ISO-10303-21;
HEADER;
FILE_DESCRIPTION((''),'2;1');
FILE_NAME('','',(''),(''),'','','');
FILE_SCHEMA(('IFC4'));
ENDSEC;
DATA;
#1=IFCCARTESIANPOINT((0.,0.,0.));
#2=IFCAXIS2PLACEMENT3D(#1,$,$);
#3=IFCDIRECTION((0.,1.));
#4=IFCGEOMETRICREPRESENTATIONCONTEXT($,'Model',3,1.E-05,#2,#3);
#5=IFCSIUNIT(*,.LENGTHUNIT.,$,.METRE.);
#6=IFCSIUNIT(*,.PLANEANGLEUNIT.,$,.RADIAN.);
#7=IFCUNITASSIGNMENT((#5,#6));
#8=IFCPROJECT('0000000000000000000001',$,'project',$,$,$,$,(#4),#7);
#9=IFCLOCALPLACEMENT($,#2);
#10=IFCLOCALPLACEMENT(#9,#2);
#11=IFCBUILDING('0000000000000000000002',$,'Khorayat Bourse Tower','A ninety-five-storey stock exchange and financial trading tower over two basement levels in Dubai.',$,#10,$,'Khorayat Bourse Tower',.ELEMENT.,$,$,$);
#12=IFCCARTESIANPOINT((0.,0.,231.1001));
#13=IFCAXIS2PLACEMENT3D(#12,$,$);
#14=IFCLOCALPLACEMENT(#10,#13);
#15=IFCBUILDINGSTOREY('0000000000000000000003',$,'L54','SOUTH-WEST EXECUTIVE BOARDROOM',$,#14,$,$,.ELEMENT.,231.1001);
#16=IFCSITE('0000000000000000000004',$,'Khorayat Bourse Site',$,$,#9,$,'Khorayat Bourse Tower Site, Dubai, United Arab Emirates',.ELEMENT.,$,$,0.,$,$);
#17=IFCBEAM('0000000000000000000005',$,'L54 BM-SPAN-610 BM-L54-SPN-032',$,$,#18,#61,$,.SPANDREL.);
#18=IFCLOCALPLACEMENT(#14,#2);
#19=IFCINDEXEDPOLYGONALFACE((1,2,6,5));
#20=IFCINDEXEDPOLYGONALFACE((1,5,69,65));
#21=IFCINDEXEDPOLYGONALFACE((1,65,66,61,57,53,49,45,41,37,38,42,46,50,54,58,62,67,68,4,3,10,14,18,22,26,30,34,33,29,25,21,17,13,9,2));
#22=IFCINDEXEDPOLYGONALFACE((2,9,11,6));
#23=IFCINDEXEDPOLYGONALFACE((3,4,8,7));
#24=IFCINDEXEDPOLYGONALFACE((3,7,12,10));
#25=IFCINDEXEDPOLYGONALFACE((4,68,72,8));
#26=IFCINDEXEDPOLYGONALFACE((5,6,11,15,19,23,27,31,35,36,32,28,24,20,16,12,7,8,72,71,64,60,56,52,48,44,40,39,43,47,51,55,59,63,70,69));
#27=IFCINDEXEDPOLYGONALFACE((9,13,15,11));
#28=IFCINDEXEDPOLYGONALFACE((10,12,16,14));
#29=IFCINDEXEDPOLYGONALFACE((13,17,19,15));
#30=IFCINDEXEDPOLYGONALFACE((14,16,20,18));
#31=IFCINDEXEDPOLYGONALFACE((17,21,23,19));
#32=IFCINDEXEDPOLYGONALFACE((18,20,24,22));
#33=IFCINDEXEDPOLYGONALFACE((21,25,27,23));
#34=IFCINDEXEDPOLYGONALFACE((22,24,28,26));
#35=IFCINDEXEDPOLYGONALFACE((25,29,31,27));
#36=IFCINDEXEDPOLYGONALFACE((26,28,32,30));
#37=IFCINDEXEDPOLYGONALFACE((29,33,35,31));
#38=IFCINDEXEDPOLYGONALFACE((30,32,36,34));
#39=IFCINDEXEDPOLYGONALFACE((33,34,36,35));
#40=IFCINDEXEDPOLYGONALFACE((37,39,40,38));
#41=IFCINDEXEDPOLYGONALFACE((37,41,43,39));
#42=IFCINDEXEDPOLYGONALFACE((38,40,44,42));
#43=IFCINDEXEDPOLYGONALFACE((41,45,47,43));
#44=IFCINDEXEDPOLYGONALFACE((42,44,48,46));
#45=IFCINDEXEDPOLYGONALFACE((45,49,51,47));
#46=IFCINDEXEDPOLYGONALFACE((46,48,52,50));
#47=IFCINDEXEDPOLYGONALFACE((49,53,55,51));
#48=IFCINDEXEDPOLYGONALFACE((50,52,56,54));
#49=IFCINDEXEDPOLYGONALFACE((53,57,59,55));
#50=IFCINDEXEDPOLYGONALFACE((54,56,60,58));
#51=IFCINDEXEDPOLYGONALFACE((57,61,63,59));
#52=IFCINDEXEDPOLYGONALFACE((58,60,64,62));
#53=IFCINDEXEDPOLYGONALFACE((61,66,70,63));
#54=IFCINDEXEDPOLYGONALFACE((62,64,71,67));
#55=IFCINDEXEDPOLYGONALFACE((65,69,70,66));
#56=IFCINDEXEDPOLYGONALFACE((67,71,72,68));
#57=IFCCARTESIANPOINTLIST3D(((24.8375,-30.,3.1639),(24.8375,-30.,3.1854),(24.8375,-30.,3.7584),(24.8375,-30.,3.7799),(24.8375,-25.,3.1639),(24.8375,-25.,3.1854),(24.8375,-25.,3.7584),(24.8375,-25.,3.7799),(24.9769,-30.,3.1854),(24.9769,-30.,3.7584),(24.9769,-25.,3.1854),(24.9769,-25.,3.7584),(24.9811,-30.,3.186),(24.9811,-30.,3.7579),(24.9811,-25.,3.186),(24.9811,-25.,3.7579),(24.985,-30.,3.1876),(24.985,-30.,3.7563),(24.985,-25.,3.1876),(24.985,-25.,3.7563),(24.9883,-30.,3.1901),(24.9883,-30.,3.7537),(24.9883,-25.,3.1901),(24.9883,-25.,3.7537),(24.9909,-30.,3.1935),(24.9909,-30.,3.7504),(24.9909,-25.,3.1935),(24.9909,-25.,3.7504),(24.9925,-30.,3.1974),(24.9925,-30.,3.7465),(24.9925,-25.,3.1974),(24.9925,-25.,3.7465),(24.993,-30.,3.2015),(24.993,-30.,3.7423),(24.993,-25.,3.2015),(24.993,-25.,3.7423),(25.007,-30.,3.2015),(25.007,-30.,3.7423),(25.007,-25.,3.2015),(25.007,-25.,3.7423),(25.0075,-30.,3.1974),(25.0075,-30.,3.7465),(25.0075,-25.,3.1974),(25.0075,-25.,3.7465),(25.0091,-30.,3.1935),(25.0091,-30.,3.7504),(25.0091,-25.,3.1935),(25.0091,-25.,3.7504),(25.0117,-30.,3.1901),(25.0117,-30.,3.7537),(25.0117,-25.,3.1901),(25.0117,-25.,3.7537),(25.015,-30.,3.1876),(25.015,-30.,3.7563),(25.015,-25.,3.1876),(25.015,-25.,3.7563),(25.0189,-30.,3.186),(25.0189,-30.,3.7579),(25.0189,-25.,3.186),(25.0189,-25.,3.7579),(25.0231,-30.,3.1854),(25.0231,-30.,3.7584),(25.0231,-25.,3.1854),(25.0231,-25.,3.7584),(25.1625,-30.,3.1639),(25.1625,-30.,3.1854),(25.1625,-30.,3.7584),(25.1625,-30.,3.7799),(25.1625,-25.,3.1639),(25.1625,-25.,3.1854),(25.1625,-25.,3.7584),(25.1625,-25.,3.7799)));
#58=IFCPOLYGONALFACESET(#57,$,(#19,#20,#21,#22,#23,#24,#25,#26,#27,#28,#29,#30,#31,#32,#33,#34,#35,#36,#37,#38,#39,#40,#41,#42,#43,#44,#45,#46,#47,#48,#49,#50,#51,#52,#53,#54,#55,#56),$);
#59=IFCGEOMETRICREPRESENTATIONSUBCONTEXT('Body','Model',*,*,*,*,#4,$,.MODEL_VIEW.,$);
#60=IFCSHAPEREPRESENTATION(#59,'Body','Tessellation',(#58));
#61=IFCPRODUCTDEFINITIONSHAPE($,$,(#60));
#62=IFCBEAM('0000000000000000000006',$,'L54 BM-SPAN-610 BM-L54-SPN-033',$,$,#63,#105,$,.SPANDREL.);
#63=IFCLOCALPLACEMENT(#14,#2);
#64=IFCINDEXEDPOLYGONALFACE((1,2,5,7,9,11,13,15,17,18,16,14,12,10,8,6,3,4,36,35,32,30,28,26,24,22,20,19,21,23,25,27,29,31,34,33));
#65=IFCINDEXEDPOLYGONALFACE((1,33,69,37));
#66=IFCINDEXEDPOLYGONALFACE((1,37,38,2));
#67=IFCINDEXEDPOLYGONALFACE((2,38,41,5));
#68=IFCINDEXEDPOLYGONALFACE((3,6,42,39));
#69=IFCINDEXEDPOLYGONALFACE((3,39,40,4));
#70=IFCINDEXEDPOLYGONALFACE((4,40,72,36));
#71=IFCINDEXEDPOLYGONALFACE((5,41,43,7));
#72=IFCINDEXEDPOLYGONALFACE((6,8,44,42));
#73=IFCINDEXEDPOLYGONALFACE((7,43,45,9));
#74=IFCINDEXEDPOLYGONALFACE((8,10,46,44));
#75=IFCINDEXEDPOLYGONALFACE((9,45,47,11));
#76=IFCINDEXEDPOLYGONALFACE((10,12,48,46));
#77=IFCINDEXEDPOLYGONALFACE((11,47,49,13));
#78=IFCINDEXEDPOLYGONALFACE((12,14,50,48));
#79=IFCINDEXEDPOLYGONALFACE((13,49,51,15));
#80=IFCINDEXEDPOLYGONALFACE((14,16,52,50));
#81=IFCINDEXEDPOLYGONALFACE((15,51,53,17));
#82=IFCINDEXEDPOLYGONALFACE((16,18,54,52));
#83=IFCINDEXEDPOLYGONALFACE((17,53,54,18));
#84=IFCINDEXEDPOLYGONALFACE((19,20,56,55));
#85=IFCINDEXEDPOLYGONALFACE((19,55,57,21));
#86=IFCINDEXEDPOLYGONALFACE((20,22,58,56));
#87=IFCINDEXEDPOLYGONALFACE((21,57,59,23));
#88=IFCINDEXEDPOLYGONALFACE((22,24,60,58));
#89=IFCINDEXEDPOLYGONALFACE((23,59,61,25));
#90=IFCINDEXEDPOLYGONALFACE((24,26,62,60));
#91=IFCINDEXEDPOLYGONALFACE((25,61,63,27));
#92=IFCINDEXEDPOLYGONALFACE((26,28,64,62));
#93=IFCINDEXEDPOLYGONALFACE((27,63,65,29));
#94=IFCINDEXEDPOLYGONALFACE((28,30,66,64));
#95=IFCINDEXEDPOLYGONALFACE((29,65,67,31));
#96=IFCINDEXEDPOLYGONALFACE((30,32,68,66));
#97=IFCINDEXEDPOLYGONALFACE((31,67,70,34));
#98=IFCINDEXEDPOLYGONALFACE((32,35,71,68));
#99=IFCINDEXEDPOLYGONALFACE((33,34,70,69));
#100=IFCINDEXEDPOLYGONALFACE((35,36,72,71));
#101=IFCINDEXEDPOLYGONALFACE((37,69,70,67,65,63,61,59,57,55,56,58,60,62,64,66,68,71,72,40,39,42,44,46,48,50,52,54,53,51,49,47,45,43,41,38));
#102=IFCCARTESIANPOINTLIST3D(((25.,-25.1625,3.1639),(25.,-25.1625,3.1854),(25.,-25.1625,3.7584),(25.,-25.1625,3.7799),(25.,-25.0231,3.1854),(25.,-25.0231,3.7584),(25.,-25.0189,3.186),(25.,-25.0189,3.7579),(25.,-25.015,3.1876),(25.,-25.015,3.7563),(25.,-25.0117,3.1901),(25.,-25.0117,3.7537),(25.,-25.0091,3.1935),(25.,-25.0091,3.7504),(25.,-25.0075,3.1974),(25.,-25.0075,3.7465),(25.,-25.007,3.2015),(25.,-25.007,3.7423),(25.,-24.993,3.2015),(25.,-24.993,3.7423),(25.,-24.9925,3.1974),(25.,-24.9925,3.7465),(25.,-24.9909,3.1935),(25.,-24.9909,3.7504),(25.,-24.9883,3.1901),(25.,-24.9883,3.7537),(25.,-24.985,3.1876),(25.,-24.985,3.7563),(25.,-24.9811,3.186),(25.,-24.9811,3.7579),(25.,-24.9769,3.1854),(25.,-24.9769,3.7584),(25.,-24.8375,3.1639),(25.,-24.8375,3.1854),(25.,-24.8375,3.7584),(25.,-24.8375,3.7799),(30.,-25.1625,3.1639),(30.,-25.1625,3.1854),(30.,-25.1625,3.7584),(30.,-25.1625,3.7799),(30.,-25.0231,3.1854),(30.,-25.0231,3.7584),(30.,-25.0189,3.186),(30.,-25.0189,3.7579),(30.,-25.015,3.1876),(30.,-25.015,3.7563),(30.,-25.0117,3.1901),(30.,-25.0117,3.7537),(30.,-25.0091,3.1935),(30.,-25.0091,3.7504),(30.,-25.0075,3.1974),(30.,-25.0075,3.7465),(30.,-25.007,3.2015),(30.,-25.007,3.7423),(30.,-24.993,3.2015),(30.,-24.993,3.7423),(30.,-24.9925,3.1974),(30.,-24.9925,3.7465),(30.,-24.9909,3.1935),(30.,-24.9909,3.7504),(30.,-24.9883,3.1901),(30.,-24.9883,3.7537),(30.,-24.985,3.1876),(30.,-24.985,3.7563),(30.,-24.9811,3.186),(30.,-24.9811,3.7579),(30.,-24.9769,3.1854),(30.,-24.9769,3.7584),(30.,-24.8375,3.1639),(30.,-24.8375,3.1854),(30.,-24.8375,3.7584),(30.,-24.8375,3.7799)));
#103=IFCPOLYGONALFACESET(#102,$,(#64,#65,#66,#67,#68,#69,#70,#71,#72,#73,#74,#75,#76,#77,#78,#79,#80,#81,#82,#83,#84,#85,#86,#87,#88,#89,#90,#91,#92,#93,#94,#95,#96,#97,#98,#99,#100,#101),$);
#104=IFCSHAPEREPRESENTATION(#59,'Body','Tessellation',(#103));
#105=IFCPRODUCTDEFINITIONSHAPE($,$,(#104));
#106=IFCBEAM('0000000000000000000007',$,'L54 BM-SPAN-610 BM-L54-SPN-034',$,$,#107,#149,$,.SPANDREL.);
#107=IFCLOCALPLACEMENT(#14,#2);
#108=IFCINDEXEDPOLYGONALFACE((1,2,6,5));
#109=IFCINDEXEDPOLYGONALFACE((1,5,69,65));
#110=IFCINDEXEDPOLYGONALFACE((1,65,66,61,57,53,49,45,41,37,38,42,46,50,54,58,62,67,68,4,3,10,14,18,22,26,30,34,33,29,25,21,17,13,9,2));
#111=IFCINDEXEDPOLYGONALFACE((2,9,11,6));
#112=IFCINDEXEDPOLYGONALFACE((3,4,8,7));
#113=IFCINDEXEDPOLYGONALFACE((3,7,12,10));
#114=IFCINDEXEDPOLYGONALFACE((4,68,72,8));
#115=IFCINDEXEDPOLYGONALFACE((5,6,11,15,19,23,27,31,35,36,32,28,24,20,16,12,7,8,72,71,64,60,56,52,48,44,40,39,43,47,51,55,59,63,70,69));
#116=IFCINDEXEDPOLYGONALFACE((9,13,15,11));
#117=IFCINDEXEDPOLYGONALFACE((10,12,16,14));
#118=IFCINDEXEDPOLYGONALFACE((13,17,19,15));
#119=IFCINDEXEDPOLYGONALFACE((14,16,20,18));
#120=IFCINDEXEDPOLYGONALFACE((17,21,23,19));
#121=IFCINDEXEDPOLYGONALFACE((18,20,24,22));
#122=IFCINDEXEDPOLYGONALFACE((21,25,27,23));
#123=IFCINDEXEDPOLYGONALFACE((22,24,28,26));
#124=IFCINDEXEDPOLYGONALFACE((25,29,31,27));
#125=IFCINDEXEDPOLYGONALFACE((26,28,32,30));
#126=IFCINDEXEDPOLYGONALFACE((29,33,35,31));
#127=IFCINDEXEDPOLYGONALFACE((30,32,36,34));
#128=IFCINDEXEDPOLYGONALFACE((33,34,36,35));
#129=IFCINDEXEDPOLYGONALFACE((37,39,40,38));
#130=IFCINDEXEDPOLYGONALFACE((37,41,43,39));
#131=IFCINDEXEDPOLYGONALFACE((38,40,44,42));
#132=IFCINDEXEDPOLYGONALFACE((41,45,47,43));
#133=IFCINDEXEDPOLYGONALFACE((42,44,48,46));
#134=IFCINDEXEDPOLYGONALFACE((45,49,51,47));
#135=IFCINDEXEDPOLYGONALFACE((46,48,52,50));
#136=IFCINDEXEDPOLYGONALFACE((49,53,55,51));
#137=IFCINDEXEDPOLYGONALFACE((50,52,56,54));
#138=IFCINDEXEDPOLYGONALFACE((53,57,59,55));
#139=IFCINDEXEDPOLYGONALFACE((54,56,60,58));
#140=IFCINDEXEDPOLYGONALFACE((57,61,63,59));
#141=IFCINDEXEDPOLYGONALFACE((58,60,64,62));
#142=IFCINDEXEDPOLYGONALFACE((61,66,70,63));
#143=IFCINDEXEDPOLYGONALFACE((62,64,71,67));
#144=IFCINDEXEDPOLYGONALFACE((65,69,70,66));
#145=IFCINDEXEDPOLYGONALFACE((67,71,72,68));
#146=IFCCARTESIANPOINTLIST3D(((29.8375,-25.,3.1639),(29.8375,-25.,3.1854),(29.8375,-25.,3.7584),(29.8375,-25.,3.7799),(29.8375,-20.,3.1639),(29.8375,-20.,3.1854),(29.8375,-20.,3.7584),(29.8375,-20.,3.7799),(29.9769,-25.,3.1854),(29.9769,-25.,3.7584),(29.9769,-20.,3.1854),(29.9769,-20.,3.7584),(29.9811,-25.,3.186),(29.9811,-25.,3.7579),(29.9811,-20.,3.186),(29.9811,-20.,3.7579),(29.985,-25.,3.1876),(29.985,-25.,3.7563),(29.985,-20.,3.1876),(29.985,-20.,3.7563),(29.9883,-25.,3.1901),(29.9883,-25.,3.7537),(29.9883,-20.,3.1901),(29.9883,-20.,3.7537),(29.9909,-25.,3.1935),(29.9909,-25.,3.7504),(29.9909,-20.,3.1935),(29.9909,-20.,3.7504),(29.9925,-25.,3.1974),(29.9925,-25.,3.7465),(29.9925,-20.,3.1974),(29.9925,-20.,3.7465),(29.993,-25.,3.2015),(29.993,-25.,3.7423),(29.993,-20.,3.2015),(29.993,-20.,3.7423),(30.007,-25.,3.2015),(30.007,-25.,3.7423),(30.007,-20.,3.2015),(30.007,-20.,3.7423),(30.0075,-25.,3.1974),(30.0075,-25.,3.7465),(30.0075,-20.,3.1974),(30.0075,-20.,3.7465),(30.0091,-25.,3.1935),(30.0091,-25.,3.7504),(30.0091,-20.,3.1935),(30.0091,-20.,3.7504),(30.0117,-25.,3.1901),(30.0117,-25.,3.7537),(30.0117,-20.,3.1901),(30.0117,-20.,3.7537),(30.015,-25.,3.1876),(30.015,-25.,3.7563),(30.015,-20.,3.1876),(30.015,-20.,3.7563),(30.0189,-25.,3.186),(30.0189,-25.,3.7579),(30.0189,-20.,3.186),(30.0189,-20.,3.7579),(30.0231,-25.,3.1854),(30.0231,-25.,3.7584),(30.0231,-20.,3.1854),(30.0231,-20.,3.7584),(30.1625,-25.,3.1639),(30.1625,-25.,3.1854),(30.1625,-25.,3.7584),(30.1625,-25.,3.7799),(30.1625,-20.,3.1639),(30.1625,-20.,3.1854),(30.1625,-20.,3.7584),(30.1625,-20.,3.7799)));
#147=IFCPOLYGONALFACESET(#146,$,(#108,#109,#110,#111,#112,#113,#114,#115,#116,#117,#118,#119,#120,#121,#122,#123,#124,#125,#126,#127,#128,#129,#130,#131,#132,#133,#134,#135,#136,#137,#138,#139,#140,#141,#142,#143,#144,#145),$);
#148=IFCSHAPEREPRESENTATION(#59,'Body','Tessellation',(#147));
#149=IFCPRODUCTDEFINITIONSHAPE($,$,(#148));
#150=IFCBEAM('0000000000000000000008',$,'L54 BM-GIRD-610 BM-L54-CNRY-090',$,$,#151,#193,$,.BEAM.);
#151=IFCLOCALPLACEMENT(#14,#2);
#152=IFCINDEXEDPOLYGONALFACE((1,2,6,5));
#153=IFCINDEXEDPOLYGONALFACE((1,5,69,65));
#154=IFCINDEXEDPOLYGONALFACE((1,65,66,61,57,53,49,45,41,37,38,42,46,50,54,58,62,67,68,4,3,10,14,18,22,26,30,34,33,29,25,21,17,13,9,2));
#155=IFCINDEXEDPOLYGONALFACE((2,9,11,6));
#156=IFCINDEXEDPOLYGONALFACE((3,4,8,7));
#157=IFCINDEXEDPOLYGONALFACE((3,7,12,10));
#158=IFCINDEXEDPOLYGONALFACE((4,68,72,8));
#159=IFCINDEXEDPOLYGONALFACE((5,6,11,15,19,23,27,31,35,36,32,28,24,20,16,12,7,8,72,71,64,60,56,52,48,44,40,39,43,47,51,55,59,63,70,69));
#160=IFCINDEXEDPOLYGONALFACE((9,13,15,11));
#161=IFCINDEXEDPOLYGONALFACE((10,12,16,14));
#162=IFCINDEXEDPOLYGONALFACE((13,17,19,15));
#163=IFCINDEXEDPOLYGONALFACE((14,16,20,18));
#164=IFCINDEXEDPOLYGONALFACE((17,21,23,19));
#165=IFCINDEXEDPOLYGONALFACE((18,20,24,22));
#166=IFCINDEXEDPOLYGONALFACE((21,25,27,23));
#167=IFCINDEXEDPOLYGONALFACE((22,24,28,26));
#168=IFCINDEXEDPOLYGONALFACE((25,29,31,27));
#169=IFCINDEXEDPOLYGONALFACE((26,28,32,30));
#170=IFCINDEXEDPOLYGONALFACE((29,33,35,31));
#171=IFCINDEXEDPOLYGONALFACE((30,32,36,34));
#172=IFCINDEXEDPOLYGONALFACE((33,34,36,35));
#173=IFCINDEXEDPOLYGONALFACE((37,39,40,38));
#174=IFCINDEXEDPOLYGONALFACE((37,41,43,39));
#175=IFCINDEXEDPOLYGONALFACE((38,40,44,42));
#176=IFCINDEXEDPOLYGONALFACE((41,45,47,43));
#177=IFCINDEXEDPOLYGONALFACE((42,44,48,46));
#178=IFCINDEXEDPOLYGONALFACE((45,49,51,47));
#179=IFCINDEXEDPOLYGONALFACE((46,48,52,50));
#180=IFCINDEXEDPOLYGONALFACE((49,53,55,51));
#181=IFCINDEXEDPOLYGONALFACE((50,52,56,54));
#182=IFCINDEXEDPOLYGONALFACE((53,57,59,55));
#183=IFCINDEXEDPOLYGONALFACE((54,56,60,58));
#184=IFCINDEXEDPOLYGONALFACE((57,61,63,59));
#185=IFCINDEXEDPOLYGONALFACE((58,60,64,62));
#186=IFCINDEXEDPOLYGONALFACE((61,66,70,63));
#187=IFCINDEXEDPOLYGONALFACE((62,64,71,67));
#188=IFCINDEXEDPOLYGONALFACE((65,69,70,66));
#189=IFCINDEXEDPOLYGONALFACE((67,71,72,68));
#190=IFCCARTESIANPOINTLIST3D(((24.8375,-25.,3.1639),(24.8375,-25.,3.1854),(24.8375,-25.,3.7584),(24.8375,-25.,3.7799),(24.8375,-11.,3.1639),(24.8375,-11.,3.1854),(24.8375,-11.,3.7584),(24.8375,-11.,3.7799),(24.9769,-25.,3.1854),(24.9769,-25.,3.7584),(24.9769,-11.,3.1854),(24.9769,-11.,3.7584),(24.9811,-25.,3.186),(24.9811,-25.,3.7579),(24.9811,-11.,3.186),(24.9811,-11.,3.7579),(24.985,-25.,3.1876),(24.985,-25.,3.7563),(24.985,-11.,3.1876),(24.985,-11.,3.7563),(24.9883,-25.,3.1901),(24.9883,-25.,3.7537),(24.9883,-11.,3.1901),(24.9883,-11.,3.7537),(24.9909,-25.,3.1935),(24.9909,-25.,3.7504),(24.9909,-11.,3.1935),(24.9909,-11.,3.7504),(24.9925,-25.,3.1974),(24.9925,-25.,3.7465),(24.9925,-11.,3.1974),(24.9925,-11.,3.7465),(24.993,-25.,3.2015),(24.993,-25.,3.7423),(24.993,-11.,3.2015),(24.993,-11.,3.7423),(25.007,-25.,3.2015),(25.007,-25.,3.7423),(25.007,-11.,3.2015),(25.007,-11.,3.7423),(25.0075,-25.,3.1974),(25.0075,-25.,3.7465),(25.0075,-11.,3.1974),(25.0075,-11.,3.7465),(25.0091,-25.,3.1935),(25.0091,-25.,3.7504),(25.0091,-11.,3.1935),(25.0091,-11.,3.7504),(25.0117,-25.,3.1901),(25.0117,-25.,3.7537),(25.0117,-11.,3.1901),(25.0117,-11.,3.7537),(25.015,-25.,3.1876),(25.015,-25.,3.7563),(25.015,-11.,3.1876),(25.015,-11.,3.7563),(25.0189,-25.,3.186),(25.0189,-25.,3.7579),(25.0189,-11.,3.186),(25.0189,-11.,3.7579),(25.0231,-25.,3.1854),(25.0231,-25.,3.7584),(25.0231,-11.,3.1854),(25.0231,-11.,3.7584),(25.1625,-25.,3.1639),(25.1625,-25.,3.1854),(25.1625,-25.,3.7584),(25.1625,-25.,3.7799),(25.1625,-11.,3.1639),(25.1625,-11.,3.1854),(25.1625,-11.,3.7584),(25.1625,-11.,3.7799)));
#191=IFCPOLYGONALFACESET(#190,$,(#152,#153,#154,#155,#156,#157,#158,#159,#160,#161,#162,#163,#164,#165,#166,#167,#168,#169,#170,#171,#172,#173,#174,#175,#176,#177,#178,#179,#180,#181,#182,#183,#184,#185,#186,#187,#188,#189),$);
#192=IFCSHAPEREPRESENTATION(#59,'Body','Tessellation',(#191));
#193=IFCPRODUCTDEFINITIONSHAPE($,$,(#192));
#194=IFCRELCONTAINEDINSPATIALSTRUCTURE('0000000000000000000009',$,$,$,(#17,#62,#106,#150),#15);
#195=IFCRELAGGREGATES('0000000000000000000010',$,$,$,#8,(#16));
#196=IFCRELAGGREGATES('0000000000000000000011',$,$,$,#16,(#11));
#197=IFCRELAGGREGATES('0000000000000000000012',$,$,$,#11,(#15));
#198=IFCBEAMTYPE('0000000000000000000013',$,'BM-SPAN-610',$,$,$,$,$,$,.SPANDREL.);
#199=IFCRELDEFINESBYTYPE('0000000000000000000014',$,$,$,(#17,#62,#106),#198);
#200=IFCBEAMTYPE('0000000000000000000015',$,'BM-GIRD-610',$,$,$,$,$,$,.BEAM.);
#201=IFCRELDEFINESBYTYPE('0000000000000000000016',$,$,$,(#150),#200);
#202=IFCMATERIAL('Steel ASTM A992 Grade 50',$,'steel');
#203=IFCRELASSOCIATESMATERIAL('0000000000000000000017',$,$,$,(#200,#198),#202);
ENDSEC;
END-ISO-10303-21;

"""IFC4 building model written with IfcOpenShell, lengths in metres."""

from ifc_helpers import new_model, si_unit, direction, frame, origin, origin_2d, place, context, subcontext, project, spatial, i_section, extrude, source, transform, mapped, material, material_profile, profile_set, type_object, element, save


model = new_model("IFC4")

# Units and contexts
model_context = context("Model", 3, precision=1e-05, world=origin(), true_north=direction((0.0, 1.0)))
body_context = subcontext(model_context, "Body", "Model", "MODEL_VIEW")
ifc_project = project(units=[si_unit("LENGTHUNIT", "METRE"), si_unit("PLANEANGLEUNIT", "RADIAN")], contexts=[model_context])

# Site, building, storey
site_placement = place(None, origin())
site = spatial("IfcSite", under=ifc_project, at=site_placement, Name="Khorayat Bourse Site", LongName="Khorayat Bourse Tower Site, Dubai, United Arab Emirates", CompositionType="ELEMENT", RefElevation=0.0)
building_placement = place(site_placement, origin())
building = spatial("IfcBuilding", under=site, at=building_placement, Name="Khorayat Bourse Tower", Description="A ninety-five-storey stock exchange and financial trading tower over two basement levels in Dubai.", LongName="Khorayat Bourse Tower", CompositionType="ELEMENT")
storey_placement = place(building_placement, frame((0.0, 0.0, 231.1001)))
storey = spatial("IfcBuildingStorey", under=building, at=storey_placement, Name="L54", Description="SOUTH-WEST EXECUTIVE BOARDROOM", CompositionType="ELEMENT", Elevation=231.1001)

# Beams
ifc_material_1 = material(Name="Steel ASTM A992 Grade 50", Category="steel")
ifc_material_profile_1 = material_profile(ifc_material_1, i_section(OverallWidth=0.325, OverallDepth=0.616, WebThickness=0.0139, FlangeThickness=0.0215, FilletRadius=0.0161, at=origin_2d()), Name="W610X174")
ifc_profile_set_1 = profile_set([ifc_material_profile_1], Name="Steel ASTM A992 Grade 50")
beam_type_1 = type_object("IfcBeamType", Name="BM-GIRD-610", PredefinedType="BEAM", material=ifc_profile_set_1)
ifc_material_profile_2 = material_profile(ifc_material_1, i_section(OverallWidth=0.325, OverallDepth=0.616, WebThickness=0.0139, FlangeThickness=0.0215, FilletRadius=0.0161, at=origin_2d()), Name="W610X174")
ifc_profile_set_2 = profile_set([ifc_material_profile_2], Name="Steel ASTM A992 Grade 50")
beam_type_2 = type_object("IfcBeamType", Name="BM-SPAN-610", PredefinedType="SPANDREL", material=ifc_profile_set_2)
shared_shape_1 = source(origin(), body_context, "Body", "SweptSolid", [
    extrude(i_section(OverallWidth=0.325, OverallDepth=0.616, WebThickness=0.0139, FlangeThickness=0.0215, FilletRadius=0.0161, at=origin_2d()), origin(), (0.0, 0.0, 1.0), 5.0),
])
for number, where, z_axis, x_axis, name in (
    (1, (25.0, -30.0, 3.4719), (0.0, 1.0, 0.0), (-1.0, 0.0, 0.0), "L54 BM-SPAN-610 BM-L54-SPN-032"),
    (2, (25.0, -25.0, 3.4719), (1.0, 0.0, 0.0), (0.0, 1.0, 0.0), "L54 BM-SPAN-610 BM-L54-SPN-033"),
    (3, (30.0, -25.0, 3.4719), (0.0, 1.0, 0.0), (-1.0, 0.0, 0.0), "L54 BM-SPAN-610 BM-L54-SPN-034"),
):
    element("IfcBeam", number, at=place(storey_placement, frame(where, z_axis=z_axis, x_axis=x_axis)), inside=storey, type_object=beam_type_2, Name=name, PredefinedType="SPANDREL", context=body_context, shape_type="MappedRepresentation", body=[
        mapped(shared_shape_1, transform((0.0, 0.0, 0.0), scale=1.0)),
    ])
shared_shape_2 = source(origin(), body_context, "Body", "SweptSolid", [
    extrude(i_section(OverallWidth=0.325, OverallDepth=0.616, WebThickness=0.0139, FlangeThickness=0.0215, FilletRadius=0.0161, at=origin_2d()), origin(), (0.0, 0.0, 1.0), 14.0),
])
beam_1_placement = place(storey_placement, frame((25.0, -25.0, 3.4719), z_axis=(0.0, 1.0, 0.0), x_axis=(-1.0, 0.0, 0.0)))
element("IfcBeam", 4, at=beam_1_placement, inside=storey, type_object=beam_type_1, Name="L54 BM-GIRD-610 BM-L54-CNRY-090", PredefinedType="BEAM", context=body_context, shape_type="MappedRepresentation", body=[
    mapped(shared_shape_2, transform((0.0, 0.0, 0.0), scale=1.0)),
])

save(model, "model.ifc")
